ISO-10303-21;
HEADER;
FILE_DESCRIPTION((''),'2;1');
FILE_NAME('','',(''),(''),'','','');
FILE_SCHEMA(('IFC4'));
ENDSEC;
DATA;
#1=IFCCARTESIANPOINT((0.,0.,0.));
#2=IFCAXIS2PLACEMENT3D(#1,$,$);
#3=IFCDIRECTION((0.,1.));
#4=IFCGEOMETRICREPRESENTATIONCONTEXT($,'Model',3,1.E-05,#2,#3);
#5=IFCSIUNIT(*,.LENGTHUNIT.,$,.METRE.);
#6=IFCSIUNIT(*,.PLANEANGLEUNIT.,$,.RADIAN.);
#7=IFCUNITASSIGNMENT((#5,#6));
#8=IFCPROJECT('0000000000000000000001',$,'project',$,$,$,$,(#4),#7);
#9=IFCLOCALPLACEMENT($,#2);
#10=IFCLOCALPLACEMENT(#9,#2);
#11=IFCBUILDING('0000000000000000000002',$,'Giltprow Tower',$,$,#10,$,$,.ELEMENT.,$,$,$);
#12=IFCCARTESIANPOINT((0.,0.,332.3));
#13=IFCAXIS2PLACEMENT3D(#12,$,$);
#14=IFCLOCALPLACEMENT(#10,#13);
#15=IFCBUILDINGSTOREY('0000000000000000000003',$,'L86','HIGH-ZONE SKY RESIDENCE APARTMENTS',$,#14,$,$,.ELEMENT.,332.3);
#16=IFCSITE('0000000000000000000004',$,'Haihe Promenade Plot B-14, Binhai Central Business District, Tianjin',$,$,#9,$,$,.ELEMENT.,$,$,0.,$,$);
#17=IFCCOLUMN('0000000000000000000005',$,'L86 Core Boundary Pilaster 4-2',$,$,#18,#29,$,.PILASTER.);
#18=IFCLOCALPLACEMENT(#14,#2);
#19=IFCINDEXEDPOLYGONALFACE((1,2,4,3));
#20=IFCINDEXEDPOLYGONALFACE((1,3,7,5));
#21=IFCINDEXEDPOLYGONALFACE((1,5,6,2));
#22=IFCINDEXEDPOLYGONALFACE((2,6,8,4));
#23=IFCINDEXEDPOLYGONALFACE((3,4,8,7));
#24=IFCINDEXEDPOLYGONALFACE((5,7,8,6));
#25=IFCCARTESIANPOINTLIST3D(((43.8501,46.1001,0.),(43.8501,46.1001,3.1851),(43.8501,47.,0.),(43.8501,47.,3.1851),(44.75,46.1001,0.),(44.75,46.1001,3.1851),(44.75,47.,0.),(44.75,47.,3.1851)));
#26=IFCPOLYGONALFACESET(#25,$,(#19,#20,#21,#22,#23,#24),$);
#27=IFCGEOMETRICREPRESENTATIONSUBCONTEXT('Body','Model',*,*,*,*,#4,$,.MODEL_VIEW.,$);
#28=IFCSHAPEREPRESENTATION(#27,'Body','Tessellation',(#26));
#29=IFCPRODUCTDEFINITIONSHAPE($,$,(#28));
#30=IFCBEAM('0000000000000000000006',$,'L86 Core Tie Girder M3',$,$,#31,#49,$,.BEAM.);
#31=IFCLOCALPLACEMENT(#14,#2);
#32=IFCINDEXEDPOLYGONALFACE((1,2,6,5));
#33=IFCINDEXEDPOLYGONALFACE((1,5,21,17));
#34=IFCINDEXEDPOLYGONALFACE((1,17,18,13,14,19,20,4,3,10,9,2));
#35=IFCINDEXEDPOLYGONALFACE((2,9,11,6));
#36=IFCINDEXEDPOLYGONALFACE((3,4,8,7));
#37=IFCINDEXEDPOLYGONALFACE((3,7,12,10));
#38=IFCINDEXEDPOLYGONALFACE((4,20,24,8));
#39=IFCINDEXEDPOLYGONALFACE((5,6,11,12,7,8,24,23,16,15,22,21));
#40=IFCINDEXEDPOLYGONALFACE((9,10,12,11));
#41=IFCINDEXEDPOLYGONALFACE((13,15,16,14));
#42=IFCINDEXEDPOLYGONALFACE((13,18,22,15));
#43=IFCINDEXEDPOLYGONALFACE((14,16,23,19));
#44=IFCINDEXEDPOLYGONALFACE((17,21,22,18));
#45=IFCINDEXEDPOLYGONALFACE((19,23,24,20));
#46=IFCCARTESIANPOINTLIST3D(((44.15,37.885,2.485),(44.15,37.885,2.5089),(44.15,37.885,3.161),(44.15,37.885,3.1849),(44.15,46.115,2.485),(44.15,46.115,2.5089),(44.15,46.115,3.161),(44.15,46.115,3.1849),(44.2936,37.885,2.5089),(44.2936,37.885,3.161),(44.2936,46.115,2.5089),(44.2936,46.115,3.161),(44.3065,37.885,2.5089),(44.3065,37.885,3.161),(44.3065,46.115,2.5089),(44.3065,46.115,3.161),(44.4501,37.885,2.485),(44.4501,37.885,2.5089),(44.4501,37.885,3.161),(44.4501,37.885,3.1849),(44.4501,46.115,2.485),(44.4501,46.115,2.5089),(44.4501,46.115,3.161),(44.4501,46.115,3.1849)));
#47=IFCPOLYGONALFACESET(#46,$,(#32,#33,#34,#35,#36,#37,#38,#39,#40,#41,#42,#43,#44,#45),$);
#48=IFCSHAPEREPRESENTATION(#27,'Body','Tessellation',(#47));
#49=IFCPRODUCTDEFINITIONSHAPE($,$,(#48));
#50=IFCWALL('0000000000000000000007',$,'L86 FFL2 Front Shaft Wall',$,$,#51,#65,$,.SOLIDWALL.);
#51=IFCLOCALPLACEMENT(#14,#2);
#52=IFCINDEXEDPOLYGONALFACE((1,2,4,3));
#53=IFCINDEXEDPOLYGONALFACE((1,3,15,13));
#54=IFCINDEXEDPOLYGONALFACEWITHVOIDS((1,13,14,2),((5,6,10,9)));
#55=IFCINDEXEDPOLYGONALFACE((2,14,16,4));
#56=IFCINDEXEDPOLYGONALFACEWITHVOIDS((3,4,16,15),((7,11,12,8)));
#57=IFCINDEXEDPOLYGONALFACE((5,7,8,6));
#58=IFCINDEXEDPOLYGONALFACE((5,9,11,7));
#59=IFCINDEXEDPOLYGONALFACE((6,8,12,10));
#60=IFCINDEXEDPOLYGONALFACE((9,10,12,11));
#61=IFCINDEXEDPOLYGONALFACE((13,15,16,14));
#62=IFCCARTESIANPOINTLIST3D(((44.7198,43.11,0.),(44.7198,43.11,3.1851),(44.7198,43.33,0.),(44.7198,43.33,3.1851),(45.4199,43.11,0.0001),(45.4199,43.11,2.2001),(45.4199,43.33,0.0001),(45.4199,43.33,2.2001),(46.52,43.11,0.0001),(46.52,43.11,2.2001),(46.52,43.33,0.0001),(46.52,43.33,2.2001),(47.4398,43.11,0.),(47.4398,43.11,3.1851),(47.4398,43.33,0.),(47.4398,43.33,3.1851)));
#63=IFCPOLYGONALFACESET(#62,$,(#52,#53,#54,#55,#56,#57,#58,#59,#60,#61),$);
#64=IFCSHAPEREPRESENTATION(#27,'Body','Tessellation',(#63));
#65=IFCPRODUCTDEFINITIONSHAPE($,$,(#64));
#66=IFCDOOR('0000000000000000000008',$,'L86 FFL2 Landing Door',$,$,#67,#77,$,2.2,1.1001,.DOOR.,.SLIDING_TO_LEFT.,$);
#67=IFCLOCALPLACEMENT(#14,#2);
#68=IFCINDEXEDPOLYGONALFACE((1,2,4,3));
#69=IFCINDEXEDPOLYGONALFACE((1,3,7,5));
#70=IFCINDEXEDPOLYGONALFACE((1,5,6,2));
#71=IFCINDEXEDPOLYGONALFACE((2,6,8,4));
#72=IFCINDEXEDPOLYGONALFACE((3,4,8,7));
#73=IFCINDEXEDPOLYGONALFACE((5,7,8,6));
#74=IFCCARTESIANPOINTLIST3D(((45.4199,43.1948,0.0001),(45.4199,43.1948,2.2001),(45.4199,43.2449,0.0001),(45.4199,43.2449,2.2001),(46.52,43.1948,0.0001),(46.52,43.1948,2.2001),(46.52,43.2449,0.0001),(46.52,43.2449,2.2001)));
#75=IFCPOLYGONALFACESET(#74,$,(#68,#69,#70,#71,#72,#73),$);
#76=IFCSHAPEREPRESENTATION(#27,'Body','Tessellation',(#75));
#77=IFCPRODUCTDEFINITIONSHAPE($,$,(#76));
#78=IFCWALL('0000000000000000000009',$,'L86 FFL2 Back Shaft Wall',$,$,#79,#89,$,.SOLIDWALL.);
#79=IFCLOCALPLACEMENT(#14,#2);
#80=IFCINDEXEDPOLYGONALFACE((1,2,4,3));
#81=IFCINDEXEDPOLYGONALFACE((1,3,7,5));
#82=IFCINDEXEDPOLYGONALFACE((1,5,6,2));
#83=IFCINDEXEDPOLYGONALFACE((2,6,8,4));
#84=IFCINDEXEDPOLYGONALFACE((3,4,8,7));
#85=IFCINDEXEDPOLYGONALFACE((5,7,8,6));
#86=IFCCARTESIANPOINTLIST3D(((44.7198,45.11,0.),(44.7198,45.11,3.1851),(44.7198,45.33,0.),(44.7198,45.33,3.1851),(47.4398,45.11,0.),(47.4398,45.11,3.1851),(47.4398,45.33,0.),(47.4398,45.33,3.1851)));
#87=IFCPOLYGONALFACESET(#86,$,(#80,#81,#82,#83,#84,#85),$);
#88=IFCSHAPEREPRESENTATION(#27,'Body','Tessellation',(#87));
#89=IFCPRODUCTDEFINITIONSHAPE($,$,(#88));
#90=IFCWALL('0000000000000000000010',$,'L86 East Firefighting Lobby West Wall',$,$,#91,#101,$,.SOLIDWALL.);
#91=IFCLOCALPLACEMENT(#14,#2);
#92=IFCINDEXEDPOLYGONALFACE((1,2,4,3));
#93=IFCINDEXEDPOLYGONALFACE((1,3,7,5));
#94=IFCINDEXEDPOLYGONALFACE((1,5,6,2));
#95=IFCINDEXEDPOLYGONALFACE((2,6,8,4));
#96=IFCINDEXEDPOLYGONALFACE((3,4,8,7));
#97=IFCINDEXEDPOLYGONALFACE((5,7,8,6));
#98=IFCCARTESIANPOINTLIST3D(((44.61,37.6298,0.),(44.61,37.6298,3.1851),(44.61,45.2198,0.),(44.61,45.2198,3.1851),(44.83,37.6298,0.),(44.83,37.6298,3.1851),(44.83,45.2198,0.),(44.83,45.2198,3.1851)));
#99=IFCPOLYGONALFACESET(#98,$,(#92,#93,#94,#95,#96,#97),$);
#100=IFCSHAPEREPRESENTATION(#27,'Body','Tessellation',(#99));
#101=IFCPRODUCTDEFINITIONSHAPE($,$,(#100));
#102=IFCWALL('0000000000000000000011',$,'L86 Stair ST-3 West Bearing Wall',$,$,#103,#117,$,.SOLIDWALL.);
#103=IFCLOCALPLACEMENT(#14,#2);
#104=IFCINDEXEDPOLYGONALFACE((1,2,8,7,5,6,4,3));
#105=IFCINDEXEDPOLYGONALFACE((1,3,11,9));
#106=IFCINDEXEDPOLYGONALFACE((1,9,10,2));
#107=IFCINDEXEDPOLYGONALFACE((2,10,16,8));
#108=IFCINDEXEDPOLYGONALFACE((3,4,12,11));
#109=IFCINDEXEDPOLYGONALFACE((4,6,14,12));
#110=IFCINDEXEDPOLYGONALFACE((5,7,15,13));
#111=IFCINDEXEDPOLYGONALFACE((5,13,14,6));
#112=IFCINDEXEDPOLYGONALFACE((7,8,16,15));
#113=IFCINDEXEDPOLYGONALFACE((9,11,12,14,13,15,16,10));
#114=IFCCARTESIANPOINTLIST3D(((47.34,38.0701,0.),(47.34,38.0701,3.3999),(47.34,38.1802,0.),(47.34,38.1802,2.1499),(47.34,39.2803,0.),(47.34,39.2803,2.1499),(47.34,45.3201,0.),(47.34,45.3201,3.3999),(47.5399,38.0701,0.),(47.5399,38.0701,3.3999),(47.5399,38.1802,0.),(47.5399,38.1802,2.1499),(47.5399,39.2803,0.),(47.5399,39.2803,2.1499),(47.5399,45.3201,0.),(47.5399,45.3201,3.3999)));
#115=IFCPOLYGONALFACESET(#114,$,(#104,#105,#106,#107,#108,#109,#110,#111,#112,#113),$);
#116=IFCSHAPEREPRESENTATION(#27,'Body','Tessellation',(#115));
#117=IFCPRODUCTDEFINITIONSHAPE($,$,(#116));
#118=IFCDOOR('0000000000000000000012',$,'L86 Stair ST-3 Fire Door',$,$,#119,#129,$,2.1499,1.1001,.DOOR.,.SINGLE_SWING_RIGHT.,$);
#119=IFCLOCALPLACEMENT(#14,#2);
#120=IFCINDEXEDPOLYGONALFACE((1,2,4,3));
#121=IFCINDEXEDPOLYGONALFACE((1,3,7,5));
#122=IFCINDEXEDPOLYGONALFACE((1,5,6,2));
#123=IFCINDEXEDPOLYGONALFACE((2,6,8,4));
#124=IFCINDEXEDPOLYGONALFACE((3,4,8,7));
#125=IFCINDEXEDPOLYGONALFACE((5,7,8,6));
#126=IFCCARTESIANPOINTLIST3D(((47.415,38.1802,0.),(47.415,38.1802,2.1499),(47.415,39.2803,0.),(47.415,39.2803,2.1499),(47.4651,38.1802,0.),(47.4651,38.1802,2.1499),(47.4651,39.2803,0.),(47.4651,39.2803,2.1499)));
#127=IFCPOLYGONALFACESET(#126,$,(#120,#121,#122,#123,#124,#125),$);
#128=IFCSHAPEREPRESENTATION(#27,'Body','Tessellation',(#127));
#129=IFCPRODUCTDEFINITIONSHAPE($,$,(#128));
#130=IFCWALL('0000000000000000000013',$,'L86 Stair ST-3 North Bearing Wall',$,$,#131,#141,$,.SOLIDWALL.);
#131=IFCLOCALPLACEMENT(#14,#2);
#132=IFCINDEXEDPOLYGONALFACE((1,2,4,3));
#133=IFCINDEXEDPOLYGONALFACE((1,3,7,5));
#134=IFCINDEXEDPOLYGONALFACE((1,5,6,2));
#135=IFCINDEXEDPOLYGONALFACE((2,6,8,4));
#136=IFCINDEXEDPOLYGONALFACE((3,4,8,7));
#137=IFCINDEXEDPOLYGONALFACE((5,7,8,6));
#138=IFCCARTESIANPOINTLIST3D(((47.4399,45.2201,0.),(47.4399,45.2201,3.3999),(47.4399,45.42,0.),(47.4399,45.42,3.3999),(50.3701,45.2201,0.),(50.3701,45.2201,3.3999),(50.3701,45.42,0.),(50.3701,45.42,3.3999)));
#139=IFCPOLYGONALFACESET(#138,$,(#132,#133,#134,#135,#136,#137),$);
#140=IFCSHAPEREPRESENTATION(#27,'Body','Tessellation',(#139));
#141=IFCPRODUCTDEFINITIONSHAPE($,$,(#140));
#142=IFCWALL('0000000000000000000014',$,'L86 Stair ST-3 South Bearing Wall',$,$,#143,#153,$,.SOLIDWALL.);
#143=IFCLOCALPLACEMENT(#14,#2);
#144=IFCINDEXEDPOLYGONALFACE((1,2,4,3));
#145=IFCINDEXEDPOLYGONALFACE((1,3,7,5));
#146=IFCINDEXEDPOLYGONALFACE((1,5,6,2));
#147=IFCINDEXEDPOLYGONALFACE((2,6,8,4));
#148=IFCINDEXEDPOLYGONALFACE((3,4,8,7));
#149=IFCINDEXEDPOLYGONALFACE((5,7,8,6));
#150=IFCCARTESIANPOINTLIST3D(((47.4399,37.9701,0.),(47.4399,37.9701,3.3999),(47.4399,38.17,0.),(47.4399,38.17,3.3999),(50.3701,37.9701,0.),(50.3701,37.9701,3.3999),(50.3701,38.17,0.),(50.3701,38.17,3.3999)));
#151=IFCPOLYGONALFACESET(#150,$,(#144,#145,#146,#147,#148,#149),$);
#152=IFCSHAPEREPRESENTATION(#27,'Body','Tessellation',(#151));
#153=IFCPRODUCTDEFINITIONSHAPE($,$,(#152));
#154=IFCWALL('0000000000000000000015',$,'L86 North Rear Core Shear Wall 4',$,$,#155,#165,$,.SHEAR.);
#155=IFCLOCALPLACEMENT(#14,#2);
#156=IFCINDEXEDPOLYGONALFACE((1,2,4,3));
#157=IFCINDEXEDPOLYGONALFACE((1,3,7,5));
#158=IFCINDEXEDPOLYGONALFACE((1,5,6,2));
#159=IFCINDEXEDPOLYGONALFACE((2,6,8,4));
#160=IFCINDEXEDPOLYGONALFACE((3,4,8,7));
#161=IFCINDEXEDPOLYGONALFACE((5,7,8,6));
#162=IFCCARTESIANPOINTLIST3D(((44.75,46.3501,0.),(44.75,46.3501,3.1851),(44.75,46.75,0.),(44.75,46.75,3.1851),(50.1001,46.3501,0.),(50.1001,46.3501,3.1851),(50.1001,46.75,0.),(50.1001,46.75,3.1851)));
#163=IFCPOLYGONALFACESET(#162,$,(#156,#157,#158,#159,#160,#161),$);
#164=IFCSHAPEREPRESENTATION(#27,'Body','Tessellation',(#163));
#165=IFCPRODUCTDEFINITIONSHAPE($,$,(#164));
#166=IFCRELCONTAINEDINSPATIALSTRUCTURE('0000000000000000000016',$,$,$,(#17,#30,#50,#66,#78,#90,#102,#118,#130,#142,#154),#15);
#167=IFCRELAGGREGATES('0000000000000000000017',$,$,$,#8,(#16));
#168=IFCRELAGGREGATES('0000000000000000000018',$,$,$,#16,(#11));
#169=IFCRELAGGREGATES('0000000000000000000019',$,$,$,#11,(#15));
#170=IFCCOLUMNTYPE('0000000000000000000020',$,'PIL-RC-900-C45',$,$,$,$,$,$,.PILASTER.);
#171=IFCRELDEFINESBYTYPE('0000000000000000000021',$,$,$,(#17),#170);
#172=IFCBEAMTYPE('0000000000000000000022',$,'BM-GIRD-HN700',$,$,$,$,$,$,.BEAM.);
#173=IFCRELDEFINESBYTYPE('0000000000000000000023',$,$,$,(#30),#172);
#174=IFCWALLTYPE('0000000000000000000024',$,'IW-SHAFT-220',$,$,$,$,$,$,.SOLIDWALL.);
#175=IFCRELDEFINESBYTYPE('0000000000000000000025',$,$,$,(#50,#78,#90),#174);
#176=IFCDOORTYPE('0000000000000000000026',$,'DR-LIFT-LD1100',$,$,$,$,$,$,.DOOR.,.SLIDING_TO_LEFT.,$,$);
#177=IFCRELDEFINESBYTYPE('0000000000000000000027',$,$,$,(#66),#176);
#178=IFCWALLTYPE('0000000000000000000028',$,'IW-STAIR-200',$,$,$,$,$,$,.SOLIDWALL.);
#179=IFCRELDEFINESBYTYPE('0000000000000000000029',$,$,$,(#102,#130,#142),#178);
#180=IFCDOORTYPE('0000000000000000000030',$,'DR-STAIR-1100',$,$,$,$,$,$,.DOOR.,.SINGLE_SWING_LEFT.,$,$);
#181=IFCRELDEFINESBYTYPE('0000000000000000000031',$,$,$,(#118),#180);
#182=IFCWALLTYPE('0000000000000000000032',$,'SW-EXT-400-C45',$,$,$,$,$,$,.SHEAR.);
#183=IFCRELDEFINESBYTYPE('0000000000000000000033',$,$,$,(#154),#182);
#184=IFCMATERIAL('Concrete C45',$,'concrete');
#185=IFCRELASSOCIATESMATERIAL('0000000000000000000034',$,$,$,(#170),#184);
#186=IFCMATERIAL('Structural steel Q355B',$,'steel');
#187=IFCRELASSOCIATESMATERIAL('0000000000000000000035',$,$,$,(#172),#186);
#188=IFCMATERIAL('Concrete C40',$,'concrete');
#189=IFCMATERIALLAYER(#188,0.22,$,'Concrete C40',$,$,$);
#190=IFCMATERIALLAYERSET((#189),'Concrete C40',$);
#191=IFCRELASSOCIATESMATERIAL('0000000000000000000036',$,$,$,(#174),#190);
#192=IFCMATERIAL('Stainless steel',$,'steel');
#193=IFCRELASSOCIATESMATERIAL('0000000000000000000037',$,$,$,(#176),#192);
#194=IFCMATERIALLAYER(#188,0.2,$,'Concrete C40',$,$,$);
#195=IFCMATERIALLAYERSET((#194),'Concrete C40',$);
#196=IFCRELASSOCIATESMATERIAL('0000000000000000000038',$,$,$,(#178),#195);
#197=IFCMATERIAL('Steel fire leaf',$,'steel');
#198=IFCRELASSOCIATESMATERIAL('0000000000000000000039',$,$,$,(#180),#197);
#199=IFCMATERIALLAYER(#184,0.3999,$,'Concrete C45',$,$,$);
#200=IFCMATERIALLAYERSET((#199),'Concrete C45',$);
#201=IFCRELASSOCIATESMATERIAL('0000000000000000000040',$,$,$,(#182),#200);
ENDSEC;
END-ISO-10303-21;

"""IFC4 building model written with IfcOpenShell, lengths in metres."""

from ifc_helpers import new_model, si_unit, direction, frame, frame_2d, origin, origin_2d, place, context, subcontext, project, spatial, rectangle, i_section, extrude, source, transform, mapped, material, layer, layer_set, material_profile, profile_set, type_object, element, fill, save


model = new_model("IFC4")

# Units and contexts
model_context = context("Model", 3, precision=1e-05, world=origin(), true_north=direction((0.0, 1.0)))
body_context = subcontext(model_context, "Body", "Model", "MODEL_VIEW")
ifc_project = project(units=[si_unit("LENGTHUNIT", "METRE"), si_unit("PLANEANGLEUNIT", "RADIAN")], contexts=[model_context])

# Site, building, storey
site_placement = place(None, origin())
site = spatial("IfcSite", under=ifc_project, at=site_placement, Name="Haihe Promenade Plot B-14, Binhai Central Business District, Tianjin", CompositionType="ELEMENT", RefElevation=0.0)
building_placement = place(site_placement, origin())
building = spatial("IfcBuilding", under=site, at=building_placement, Name="Giltprow Tower", CompositionType="ELEMENT")
storey_placement = place(building_placement, frame((0.0, 0.0, 332.3)))
storey = spatial("IfcBuildingStorey", under=building, at=storey_placement, Name="L86", Description="HIGH-ZONE SKY RESIDENCE APARTMENTS", CompositionType="ELEMENT", Elevation=332.3)

# Column
ifc_material_1 = material(Name="Concrete C45", Category="concrete")
ifc_material_profile_1 = material_profile(ifc_material_1, rectangle(XDim=0.8999, YDim=0.8999, at=origin_2d()), Name="RC 900x900")
ifc_profile_set_1 = profile_set([ifc_material_profile_1], Name="Concrete C45")
column_type = type_object("IfcColumnType", Name="PIL-RC-900-C45", PredefinedType="PILASTER", material=ifc_profile_set_1)
shared_shape_1 = source(origin(), body_context, "Body", "SweptSolid", [
    extrude(rectangle(XDim=0.8999, YDim=0.8999, at=origin_2d()), origin(), (0.0, 0.0, 1.0), 3.1851),
])
column_placement = place(storey_placement, frame((44.3, 46.55, 0.0), z_axis=(0.0, 0.0, 1.0), x_axis=(1.0, 0.0, 0.0)))
element("IfcColumn", 1, at=column_placement, inside=storey, type_object=column_type, Name="L86 Core Boundary Pilaster 4-2", PredefinedType="PILASTER", context=body_context, shape_type="MappedRepresentation", body=[
    mapped(shared_shape_1, transform((0.0, 0.0, 0.0), x_axis=(1.0, 0.0, 0.0), y_axis=(0.0, 1.0, 0.0), z_axis=(0.0, 0.0, 1.0), scale=1.0)),
])

# Beam
ifc_material_2 = material(Name="Structural steel Q355B", Category="steel")
ifc_material_profile_2 = material_profile(ifc_material_2, i_section(OverallWidth=0.3, OverallDepth=0.7, WebThickness=0.0129, FlangeThickness=0.0239, at=origin_2d()), Name="HN 700x300x13x24")
ifc_profile_set_2 = profile_set([ifc_material_profile_2], Name="Structural steel Q355B")
beam_type = type_object("IfcBeamType", Name="BM-GIRD-HN700", PredefinedType="BEAM", material=ifc_profile_set_2)
shared_shape_2 = source(origin(), body_context, "Body", "SweptSolid", [
    extrude(i_section(OverallWidth=0.3, OverallDepth=0.7, WebThickness=0.0129, FlangeThickness=0.0239, at=origin_2d()), origin(), (0.0, 0.0, 1.0), 8.23),
])
beam_placement = place(storey_placement, frame((44.3, 37.885, 2.835), z_axis=(0.0, 1.0, 0.0), x_axis=(-1.0, 0.0, 0.0)))
element("IfcBeam", 2, at=beam_placement, inside=storey, type_object=beam_type, Name="L86 Core Tie Girder M3", PredefinedType="BEAM", context=body_context, shape_type="MappedRepresentation", body=[
    mapped(shared_shape_2, transform((0.0, 0.0, 0.0), x_axis=(1.0, 0.0, 0.0), y_axis=(0.0, 1.0, 0.0), z_axis=(0.0, 0.0, 1.0), scale=1.0)),
])

# Wall, opening, door
ifc_material_3 = material(Name="Concrete C40", Category="concrete")
ifc_layer_1 = layer(ifc_material_3, 0.22, Name="Concrete C40")
ifc_layer_set_1 = layer_set([ifc_layer_1], Name="Concrete C40")
wall_type_1 = type_object("IfcWallType", Name="IW-SHAFT-220", PredefinedType="SOLIDWALL", material=ifc_layer_set_1)
wall_1_placement = place(storey_placement, frame((44.72, 43.22, 0.0), z_axis=(0.0, 0.0, 1.0), x_axis=(1.0, 0.0, 0.0)))
wall_1 = element("IfcWall", 3, at=wall_1_placement, inside=storey, type_object=wall_type_1, Name="L86 FFL2 Front Shaft Wall", PredefinedType="SOLIDWALL", context=body_context, shape_type="SweptSolid", body=[
    extrude(rectangle(XDim=2.72, YDim=0.22, at=frame_2d((1.3599, 0.0))), origin(), (0.0, 0.0, 1.0), 3.1851),
])
opening_1_placement = place(wall_1_placement, frame((0.7, 0.0, 0.0)))
opening_1 = element("IfcOpeningElement", 4, at=opening_1_placement, cuts=wall_1, PredefinedType="OPENING", context=body_context, shape_type="SweptSolid", body=[
    extrude(rectangle(XDim=1.1001, YDim=2.2, at=frame_2d((0.55, 1.1001))), frame((0.0, 0.1199, 0.0), z_axis=(0.0, -1.0, 0.0), x_axis=(1.0, 0.0, 0.0)), (0.0, 0.0, 1.0), 0.24),
])
ifc_material_4 = material(Name="Stainless steel", Category="steel")
door_type_1 = type_object("IfcDoorType", Name="DR-LIFT-LD1100", OperationType="SLIDING_TO_LEFT", PredefinedType="DOOR", material=ifc_material_4)
shared_shape_3 = source(origin(), body_context, "Body", "SweptSolid", [
    extrude(rectangle(XDim=1.1001, YDim=2.2, at=frame_2d((0.55, 1.1001))), frame((0.0, 0.0249, 0.0), z_axis=(0.0, -1.0, 0.0), x_axis=(1.0, 0.0, 0.0)), (0.0, 0.0, 1.0), 0.05),
])
door_1_placement = place(opening_1_placement, origin())
door_1 = element("IfcDoor", 5, at=door_1_placement, inside=storey, type_object=door_type_1, Name="L86 FFL2 Landing Door", OperationType="SLIDING_TO_LEFT", OverallHeight=2.2, OverallWidth=1.1001, PredefinedType="DOOR", context=body_context, shape_type="MappedRepresentation", body=[
    mapped(shared_shape_3, transform((0.0, 0.0, 0.0), x_axis=(1.0, 0.0, 0.0), y_axis=(0.0, 1.0, 0.0), z_axis=(0.0, 0.0, 1.0), scale=1.0)),
])
fill(opening_1, door_1)

# Walls
wall_2_placement = place(storey_placement, frame((44.72, 45.22, 0.0), z_axis=(0.0, 0.0, 1.0), x_axis=(1.0, 0.0, 0.0)))
element("IfcWall", 6, at=wall_2_placement, inside=storey, type_object=wall_type_1, Name="L86 FFL2 Back Shaft Wall", PredefinedType="SOLIDWALL", context=body_context, shape_type="SweptSolid", body=[
    extrude(rectangle(XDim=2.72, YDim=0.22, at=frame_2d((1.3599, 0.0))), origin(), (0.0, 0.0, 1.0), 3.1851),
])
wall_3_placement = place(storey_placement, frame((44.72, 37.6299, 0.0), z_axis=(0.0, 0.0, 1.0), x_axis=(0.0, 1.0, 0.0)))
element("IfcWall", 7, at=wall_3_placement, inside=storey, type_object=wall_type_1, Name="L86 East Firefighting Lobby West Wall", PredefinedType="SOLIDWALL", context=body_context, shape_type="SweptSolid", body=[
    extrude(rectangle(XDim=7.5901, YDim=0.22, at=frame_2d((3.7949, 0.0))), origin(), (0.0, 0.0, 1.0), 3.1851),
])

# Wall, opening, door
ifc_layer_2 = layer(ifc_material_3, 0.2, Name="Concrete C40")
ifc_layer_set_2 = layer_set([ifc_layer_2], Name="Concrete C40")
wall_type_2 = type_object("IfcWallType", Name="IW-STAIR-200", PredefinedType="SOLIDWALL", material=ifc_layer_set_2)
wall_4_placement = place(storey_placement, frame((47.4399, 38.0701, 0.0), z_axis=(0.0, 0.0, 1.0), x_axis=(0.0, 1.0, 0.0)))
wall_4 = element("IfcWall", 8, at=wall_4_placement, inside=storey, type_object=wall_type_2, Name="L86 Stair ST-3 West Bearing Wall", PredefinedType="SOLIDWALL", context=body_context, shape_type="SweptSolid", body=[
    extrude(rectangle(XDim=7.25, YDim=0.2, at=frame_2d((3.625, 0.0))), origin(), (0.0, 0.0, 1.0), 3.3999),
])
opening_2_placement = place(wall_4_placement, frame((0.1101, 0.0, 0.0)))
opening_2 = element("IfcOpeningElement", 9, at=opening_2_placement, cuts=wall_4, PredefinedType="OPENING", context=body_context, shape_type="SweptSolid", body=[
    extrude(rectangle(XDim=1.1001, YDim=2.1499, at=frame_2d((0.55, 1.075))), frame((0.0, 0.1099, 0.0), z_axis=(0.0, -1.0, 0.0), x_axis=(1.0, 0.0, 0.0)), (0.0, 0.0, 1.0), 0.22),
])
ifc_material_5 = material(Name="Steel fire leaf", Category="steel")
door_type_2 = type_object("IfcDoorType", Name="DR-STAIR-1100", OperationType="SINGLE_SWING_LEFT", PredefinedType="DOOR", material=ifc_material_5)
shared_shape_4 = source(origin(), body_context, "Body", "SweptSolid", [
    extrude(rectangle(XDim=1.1001, YDim=2.1499, at=frame_2d((0.55, 1.075))), frame((0.0, 0.0249, 0.0), z_axis=(0.0, -1.0, 0.0), x_axis=(1.0, 0.0, 0.0)), (0.0, 0.0, 1.0), 0.05),
])
door_2_placement = place(opening_2_placement, origin())
door_2 = element("IfcDoor", 10, at=door_2_placement, inside=storey, type_object=door_type_2, Name="L86 Stair ST-3 Fire Door", OperationType="SINGLE_SWING_RIGHT", OverallHeight=2.1499, OverallWidth=1.1001, PredefinedType="DOOR", context=body_context, shape_type="MappedRepresentation", body=[
    mapped(shared_shape_4, transform((0.0, 0.0, 0.0), x_axis=(1.0, 0.0, 0.0), y_axis=(0.0, 1.0, 0.0), z_axis=(0.0, 0.0, 1.0), scale=1.0)),
])
fill(opening_2, door_2)

# Walls
for number, where, z_axis, x_axis, name in (
    (11, (47.4399, 45.3201, 0.0), (0.0, 0.0, 1.0), (1.0, 0.0, 0.0), "L86 Stair ST-3 North Bearing Wall"),
    (12, (47.4399, 38.0701, 0.0), (0.0, 0.0, 1.0), (1.0, 0.0, 0.0), "L86 Stair ST-3 South Bearing Wall"),
):
    element("IfcWall", number, at=place(storey_placement, frame(where, z_axis=z_axis, x_axis=x_axis)), inside=storey, type_object=wall_type_2, Name=name, PredefinedType="SOLIDWALL", context=body_context, shape_type="SweptSolid", body=[
        extrude(rectangle(XDim=2.9302, YDim=0.2, at=frame_2d((1.4651, 0.0))), origin(), (0.0, 0.0, 1.0), 3.3999),
    ])
ifc_layer_3 = layer(ifc_material_1, 0.3999, Name="Concrete C45")
ifc_layer_set_3 = layer_set([ifc_layer_3], Name="Concrete C45")
wall_type_3 = type_object("IfcWallType", Name="SW-EXT-400-C45", PredefinedType="SHEAR", material=ifc_layer_set_3)
wall_5_placement = place(storey_placement, frame((44.75, 46.55, 0.0), z_axis=(0.0, 0.0, 1.0), x_axis=(1.0, 0.0, 0.0)))
element("IfcWall", 13, at=wall_5_placement, inside=storey, type_object=wall_type_3, Name="L86 North Rear Core Shear Wall 4", PredefinedType="SHEAR", context=body_context, shape_type="SweptSolid", body=[
    extrude(rectangle(XDim=5.3501, YDim=0.3999, at=frame_2d((2.675, 0.0))), origin(), (0.0, 0.0, 1.0), 3.1851),
])

save(model, "model.ifc")
